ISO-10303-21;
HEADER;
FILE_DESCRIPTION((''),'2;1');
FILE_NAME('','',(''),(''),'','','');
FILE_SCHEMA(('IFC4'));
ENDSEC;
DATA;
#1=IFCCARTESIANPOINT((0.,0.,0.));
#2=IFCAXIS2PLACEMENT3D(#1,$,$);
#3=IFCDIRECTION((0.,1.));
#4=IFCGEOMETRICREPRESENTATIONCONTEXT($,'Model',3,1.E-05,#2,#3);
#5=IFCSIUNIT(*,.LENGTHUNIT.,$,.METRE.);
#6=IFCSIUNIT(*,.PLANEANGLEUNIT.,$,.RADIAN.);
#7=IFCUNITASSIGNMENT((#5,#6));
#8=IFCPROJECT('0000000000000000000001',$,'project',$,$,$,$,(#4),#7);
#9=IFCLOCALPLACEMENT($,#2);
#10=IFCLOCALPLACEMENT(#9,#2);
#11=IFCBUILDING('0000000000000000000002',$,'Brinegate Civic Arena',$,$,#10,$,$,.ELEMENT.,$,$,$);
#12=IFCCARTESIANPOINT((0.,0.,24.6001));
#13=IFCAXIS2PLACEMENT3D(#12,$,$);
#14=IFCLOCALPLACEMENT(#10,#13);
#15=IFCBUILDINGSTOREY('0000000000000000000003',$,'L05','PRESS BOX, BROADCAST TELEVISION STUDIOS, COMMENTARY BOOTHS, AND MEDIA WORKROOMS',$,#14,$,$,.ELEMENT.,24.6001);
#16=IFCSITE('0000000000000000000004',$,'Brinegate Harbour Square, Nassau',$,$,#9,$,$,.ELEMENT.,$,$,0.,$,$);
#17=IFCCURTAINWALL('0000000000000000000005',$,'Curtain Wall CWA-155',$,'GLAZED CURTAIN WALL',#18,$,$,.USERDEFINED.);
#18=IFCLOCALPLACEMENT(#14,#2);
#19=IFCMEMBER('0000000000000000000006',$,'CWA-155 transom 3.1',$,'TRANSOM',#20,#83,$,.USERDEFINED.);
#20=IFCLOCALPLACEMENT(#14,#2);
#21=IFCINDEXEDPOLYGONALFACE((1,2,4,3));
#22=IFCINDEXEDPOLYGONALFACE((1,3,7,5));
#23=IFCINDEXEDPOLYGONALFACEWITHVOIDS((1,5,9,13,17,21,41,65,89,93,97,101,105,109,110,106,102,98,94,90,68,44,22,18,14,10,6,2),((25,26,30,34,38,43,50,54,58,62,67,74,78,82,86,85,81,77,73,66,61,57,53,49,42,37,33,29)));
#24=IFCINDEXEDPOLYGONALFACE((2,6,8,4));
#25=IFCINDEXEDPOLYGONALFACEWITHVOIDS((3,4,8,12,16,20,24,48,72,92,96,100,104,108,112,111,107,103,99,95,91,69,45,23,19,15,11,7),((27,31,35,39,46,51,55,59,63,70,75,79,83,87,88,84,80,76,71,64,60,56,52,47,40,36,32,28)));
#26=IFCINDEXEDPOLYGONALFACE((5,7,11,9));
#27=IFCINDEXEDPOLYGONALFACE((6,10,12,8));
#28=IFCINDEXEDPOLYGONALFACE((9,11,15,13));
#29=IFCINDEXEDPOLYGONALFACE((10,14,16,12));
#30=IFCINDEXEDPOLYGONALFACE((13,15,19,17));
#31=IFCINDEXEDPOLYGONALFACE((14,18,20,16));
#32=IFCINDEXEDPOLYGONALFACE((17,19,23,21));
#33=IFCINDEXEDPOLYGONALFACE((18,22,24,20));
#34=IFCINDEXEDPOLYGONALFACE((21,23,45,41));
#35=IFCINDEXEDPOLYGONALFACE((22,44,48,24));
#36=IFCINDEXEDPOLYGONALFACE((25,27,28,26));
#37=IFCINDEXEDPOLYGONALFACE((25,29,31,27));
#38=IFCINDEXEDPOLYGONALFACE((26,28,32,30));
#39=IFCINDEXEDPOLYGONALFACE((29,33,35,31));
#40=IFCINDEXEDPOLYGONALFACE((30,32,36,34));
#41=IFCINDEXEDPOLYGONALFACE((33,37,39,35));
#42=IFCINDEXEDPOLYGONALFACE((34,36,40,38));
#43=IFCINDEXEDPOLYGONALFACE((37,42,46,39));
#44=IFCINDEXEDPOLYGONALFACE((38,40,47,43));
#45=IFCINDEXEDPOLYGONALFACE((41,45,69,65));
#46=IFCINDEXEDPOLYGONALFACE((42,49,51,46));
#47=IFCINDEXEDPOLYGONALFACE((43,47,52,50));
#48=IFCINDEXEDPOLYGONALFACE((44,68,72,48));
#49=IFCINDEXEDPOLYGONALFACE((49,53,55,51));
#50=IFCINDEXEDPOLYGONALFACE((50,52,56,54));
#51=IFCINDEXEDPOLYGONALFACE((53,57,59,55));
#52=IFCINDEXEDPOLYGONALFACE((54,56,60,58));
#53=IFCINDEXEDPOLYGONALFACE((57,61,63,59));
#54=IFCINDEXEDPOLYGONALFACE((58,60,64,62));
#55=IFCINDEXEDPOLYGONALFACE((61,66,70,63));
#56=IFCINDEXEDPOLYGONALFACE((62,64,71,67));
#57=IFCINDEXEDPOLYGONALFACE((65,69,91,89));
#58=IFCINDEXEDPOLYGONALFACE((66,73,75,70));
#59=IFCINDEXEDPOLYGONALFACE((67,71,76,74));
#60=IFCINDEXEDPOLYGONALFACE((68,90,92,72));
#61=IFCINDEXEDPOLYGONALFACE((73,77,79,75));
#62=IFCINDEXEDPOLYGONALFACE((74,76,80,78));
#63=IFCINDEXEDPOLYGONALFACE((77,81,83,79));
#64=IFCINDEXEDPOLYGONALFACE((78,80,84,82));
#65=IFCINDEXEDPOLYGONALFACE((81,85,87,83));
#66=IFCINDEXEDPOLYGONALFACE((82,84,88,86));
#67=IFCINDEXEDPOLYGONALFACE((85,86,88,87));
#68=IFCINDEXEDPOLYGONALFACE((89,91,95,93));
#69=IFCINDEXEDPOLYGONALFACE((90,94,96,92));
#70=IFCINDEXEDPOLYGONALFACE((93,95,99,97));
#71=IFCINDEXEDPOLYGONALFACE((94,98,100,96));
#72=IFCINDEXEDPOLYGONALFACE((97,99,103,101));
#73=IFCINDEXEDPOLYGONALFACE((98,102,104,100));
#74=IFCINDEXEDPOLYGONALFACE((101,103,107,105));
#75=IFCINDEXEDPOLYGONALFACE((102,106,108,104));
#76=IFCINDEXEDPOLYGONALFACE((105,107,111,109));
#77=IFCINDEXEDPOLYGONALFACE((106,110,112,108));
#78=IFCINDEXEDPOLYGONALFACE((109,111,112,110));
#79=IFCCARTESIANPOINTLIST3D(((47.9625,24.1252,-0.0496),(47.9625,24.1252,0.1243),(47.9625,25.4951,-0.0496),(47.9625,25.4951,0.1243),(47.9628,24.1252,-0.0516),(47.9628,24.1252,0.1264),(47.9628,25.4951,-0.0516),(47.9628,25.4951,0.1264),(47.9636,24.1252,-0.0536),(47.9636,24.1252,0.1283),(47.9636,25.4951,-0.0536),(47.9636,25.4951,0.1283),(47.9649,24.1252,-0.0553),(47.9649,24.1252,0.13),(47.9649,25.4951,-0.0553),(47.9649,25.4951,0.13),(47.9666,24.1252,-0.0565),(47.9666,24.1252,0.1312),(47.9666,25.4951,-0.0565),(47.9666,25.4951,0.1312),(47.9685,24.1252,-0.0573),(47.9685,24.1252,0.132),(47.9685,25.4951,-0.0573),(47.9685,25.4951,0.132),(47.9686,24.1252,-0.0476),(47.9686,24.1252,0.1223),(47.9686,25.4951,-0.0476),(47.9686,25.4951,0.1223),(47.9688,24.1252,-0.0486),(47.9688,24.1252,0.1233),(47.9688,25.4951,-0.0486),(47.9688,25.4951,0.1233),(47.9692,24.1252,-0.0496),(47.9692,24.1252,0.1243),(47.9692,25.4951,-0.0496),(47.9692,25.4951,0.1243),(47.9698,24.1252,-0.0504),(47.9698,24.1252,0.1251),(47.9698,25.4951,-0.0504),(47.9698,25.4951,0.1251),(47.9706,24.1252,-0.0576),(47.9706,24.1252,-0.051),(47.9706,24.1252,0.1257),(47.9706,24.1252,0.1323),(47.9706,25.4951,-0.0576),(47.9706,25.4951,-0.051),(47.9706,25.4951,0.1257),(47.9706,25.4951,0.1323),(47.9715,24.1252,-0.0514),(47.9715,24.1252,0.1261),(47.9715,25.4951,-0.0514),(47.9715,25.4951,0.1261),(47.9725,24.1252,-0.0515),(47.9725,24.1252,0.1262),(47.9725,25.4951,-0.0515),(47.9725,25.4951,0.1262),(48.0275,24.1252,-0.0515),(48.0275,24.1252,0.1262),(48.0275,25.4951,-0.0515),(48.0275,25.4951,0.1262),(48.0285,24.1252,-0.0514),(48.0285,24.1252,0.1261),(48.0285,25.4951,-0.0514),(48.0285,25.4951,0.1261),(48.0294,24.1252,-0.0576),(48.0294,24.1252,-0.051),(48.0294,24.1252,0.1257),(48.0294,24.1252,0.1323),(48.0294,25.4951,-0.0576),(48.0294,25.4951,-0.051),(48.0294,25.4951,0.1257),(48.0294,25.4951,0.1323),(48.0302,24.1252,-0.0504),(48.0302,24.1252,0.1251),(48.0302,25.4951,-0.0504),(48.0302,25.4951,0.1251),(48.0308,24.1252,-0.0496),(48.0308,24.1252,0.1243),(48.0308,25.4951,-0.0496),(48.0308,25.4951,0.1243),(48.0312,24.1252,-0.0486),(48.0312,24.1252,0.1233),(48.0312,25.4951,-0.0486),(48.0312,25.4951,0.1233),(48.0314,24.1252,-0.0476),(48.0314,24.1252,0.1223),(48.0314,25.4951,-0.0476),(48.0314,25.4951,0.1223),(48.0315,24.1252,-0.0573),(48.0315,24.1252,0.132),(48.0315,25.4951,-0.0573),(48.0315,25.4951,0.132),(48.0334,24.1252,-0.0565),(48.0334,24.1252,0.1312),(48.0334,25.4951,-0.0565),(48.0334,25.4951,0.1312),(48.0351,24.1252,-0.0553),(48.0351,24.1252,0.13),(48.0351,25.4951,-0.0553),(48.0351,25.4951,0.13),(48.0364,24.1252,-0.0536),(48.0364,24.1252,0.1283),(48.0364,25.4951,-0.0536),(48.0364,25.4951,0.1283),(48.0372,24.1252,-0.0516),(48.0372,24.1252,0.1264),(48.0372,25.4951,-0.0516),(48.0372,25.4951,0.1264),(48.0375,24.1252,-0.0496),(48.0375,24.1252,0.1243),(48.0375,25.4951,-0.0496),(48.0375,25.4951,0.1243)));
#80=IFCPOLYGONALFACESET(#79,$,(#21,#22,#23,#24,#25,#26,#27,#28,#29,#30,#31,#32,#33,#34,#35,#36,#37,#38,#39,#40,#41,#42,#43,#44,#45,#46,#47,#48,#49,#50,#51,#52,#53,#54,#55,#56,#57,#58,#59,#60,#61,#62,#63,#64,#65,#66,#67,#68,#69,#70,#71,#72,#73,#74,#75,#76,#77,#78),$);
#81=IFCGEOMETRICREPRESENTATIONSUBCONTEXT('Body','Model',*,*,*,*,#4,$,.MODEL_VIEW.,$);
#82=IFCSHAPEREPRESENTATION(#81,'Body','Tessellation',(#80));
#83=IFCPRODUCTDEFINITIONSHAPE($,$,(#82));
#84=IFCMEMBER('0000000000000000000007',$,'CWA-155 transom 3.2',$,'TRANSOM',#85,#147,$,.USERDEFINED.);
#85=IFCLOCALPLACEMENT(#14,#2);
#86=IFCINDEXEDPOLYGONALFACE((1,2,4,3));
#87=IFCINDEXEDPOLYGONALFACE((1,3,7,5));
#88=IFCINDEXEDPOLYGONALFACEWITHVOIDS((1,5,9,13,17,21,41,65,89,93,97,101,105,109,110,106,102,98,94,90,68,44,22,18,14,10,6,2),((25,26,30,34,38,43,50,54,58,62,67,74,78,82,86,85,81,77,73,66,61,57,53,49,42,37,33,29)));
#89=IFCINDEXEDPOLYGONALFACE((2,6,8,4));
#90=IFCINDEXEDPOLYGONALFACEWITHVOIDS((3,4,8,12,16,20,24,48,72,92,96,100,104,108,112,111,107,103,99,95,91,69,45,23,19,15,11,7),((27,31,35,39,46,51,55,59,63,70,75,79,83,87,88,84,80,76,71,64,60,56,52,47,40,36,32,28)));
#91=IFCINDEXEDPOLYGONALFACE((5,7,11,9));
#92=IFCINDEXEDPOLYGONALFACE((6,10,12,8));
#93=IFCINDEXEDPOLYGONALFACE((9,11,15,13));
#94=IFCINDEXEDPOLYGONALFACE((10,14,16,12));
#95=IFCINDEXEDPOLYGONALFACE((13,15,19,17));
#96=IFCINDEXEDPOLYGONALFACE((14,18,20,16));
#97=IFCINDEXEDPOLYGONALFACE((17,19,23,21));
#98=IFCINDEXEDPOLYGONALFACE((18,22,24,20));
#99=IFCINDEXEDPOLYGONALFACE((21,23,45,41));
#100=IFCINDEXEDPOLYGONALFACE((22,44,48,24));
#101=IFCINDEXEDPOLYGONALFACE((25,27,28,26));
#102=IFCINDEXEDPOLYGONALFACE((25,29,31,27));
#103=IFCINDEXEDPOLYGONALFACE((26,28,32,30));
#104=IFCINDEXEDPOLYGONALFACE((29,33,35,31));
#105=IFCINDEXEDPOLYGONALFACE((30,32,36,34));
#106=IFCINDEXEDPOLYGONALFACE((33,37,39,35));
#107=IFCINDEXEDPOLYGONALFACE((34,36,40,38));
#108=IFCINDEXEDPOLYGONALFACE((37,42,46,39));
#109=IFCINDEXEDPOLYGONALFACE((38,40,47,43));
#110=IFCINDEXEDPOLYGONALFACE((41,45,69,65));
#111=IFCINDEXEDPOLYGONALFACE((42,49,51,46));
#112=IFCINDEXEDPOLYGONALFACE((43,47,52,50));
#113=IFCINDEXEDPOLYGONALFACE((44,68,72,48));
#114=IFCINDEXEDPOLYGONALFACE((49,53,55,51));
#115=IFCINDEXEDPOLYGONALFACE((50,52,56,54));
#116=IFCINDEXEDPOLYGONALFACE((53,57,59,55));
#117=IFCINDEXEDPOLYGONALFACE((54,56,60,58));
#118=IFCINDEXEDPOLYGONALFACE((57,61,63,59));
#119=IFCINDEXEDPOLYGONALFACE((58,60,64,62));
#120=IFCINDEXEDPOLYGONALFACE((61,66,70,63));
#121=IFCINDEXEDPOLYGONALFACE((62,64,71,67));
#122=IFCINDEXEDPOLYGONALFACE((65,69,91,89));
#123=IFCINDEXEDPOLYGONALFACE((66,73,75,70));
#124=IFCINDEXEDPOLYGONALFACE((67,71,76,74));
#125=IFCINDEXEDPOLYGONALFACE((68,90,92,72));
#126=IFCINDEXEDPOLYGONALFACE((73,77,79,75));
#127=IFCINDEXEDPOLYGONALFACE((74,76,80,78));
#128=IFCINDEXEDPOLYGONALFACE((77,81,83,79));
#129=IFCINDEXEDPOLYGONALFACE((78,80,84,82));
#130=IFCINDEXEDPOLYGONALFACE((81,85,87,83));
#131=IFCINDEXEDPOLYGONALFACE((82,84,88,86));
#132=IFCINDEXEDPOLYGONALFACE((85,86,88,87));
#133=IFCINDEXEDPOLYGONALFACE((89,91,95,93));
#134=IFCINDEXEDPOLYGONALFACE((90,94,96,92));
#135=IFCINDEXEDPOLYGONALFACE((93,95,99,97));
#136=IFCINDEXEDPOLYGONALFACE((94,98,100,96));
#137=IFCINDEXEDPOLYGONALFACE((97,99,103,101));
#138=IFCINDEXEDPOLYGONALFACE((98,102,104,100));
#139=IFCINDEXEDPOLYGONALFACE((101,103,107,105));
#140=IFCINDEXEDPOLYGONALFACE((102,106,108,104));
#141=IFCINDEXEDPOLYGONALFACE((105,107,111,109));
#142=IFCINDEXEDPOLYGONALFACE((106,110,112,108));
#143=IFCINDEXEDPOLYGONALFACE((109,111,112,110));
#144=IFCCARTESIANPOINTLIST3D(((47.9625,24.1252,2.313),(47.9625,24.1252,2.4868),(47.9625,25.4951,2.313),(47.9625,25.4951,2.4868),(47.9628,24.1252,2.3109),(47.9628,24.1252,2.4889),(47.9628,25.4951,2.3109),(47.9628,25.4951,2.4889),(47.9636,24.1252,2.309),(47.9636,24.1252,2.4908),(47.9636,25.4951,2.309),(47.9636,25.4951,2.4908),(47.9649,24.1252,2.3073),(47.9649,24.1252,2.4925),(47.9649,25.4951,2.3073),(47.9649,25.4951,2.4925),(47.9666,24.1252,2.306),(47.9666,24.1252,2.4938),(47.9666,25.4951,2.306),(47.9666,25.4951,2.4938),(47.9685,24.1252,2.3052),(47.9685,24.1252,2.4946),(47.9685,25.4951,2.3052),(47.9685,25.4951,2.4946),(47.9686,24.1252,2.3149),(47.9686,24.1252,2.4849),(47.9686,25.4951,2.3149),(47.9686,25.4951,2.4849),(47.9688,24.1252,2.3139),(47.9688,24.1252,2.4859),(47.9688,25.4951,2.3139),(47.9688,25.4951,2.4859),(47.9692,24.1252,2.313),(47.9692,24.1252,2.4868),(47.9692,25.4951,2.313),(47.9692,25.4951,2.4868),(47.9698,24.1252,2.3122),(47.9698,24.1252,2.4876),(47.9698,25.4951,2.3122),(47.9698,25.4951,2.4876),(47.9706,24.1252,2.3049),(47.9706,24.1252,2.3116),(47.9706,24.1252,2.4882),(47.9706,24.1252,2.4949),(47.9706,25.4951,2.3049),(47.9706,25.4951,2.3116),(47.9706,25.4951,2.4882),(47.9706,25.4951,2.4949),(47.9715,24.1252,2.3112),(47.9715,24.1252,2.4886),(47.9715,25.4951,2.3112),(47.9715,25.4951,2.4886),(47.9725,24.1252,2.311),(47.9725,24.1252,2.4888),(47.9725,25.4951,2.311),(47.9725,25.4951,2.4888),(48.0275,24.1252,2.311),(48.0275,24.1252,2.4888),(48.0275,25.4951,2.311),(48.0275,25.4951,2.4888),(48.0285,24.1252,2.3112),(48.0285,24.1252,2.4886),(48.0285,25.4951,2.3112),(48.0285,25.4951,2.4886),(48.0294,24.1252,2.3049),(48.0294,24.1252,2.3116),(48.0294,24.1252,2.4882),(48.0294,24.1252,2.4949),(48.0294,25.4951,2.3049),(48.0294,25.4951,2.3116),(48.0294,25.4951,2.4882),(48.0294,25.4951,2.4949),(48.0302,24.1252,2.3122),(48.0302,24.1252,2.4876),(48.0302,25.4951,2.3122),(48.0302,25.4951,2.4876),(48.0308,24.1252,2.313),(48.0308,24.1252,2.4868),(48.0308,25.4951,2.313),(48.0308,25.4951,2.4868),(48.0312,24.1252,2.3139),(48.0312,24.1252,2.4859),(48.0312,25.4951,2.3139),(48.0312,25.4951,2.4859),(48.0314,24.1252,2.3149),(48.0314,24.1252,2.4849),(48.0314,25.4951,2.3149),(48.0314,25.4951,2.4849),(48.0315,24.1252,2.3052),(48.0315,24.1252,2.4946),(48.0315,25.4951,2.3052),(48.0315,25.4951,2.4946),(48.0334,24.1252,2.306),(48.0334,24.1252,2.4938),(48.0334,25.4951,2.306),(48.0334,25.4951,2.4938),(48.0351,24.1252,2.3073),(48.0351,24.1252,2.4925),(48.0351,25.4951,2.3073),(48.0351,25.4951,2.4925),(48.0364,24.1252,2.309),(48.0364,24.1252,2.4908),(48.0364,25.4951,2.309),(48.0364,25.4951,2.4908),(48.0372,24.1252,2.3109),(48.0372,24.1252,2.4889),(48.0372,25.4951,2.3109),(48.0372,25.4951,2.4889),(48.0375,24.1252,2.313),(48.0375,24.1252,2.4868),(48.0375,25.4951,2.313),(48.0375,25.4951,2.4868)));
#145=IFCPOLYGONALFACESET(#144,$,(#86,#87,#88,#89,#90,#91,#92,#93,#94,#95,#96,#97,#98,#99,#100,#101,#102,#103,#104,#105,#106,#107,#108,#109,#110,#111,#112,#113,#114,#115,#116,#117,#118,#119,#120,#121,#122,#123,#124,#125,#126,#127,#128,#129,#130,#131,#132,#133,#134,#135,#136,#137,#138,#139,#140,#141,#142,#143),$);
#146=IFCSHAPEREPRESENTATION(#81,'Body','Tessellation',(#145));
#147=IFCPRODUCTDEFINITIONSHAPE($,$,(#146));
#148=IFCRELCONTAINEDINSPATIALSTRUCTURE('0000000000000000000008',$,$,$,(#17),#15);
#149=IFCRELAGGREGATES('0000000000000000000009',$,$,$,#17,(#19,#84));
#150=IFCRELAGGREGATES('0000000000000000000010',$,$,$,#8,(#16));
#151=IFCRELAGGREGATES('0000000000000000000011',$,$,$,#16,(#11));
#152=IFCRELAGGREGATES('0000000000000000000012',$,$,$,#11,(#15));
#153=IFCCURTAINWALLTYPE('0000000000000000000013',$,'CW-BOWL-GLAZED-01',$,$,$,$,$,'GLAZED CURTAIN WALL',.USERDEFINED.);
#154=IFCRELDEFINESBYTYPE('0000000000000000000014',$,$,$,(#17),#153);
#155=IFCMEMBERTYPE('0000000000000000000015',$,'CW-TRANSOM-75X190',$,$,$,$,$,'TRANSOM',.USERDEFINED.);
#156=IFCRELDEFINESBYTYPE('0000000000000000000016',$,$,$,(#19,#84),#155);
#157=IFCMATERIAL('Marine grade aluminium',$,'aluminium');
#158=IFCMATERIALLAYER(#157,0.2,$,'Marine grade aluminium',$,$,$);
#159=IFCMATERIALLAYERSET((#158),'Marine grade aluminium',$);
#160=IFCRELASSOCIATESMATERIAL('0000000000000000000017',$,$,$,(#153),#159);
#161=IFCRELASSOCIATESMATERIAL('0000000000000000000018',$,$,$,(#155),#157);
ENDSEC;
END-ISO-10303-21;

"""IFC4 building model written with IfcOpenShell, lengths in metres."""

from ifc_helpers import new_model, si_unit, direction, frame, origin, origin_2d, place, context, subcontext, project, spatial, hollow_rectangle, extrude, material, layer, layer_set, material_profile, profile_set, type_object, element, aggregate, save


model = new_model("IFC4")

# Units and contexts
model_context = context("Model", 3, precision=1e-05, world=origin(), true_north=direction((0.0, 1.0)))
body_context = subcontext(model_context, "Body", "Model", "MODEL_VIEW")
ifc_project = project(units=[si_unit("LENGTHUNIT", "METRE"), si_unit("PLANEANGLEUNIT", "RADIAN")], contexts=[model_context])

# Site, building, storey
site_placement = place(None, origin())
site = spatial("IfcSite", under=ifc_project, at=site_placement, Name="Brinegate Harbour Square, Nassau", CompositionType="ELEMENT", RefElevation=0.0)
building_placement = place(site_placement, origin())
building = spatial("IfcBuilding", under=site, at=building_placement, Name="Brinegate Civic Arena", CompositionType="ELEMENT")
storey_placement = place(building_placement, frame((0.0, 0.0, 24.6001)))
storey = spatial("IfcBuildingStorey", under=building, at=storey_placement, Name="L05", Description="PRESS BOX, BROADCAST TELEVISION STUDIOS, COMMENTARY BOOTHS, AND MEDIA WORKROOMS", CompositionType="ELEMENT", Elevation=24.6001)

# Curtain wall, members
ifc_material_1 = material(Name="Marine grade aluminium", Category="aluminium")
ifc_layer_1 = layer(ifc_material_1, 0.2, Name="Marine grade aluminium")
ifc_layer_set_1 = layer_set([ifc_layer_1], Name="Marine grade aluminium")
curtain_wall_type = type_object("IfcCurtainWallType", Name="CW-BOWL-GLAZED-01", ElementType="GLAZED CURTAIN WALL", PredefinedType="USERDEFINED", material=ifc_layer_set_1)
curtain_wall_placement = place(storey_placement, origin())
curtain_wall = element("IfcCurtainWall", 1, at=curtain_wall_placement, inside=storey, type_object=curtain_wall_type, Name="Curtain Wall CWA-155", ObjectType="GLAZED CURTAIN WALL", PredefinedType="USERDEFINED")
ifc_material_profile_1 = material_profile(ifc_material_1, hollow_rectangle(XDim=0.075, YDim=0.1899, WallThickness=0.0061, InnerFilletRadius=0.0039, OuterFilletRadius=0.0081, at=origin_2d()), Name="TRN75X190")
ifc_profile_set_1 = profile_set([ifc_material_profile_1], Name="Marine grade aluminium")
member_type_1 = type_object("IfcMemberType", Name="CW-TRANSOM-75X190", ElementType="TRANSOM", PredefinedType="USERDEFINED", material=ifc_profile_set_1)
member_1_placement = place(storey_placement, frame((48.0, 24.1252, 0.0374), z_axis=(0.0, 1.0, 0.0), x_axis=(-1.0, 0.0, 0.0)))
member_1 = element("IfcMember", 2, at=member_1_placement, type_object=member_type_1, Name="CWA-155 transom 3.1", ObjectType="TRANSOM", PredefinedType="USERDEFINED", context=body_context, shape_type="SweptSolid", body=[
    extrude(hollow_rectangle(XDim=0.075, YDim=0.1899, WallThickness=0.0061, InnerFilletRadius=0.0039, OuterFilletRadius=0.0081, at=origin_2d()), origin(), (0.0, 0.0, 1.0), 1.3699),
])
member_2_placement = place(storey_placement, frame((48.0, 24.1252, 2.3999), z_axis=(0.0, 1.0, 0.0), x_axis=(-1.0, 0.0, 0.0)))
member_2 = element("IfcMember", 3, at=member_2_placement, type_object=member_type_1, Name="CWA-155 transom 3.2", ObjectType="TRANSOM", PredefinedType="USERDEFINED", context=body_context, shape_type="SweptSolid", body=[
    extrude(hollow_rectangle(XDim=0.075, YDim=0.1899, WallThickness=0.0061, InnerFilletRadius=0.0039, OuterFilletRadius=0.0081, at=origin_2d()), origin(), (0.0, 0.0, 1.0), 1.3699),
])

aggregate(curtain_wall, [member_1, member_2])

save(model, "model.ifc")
